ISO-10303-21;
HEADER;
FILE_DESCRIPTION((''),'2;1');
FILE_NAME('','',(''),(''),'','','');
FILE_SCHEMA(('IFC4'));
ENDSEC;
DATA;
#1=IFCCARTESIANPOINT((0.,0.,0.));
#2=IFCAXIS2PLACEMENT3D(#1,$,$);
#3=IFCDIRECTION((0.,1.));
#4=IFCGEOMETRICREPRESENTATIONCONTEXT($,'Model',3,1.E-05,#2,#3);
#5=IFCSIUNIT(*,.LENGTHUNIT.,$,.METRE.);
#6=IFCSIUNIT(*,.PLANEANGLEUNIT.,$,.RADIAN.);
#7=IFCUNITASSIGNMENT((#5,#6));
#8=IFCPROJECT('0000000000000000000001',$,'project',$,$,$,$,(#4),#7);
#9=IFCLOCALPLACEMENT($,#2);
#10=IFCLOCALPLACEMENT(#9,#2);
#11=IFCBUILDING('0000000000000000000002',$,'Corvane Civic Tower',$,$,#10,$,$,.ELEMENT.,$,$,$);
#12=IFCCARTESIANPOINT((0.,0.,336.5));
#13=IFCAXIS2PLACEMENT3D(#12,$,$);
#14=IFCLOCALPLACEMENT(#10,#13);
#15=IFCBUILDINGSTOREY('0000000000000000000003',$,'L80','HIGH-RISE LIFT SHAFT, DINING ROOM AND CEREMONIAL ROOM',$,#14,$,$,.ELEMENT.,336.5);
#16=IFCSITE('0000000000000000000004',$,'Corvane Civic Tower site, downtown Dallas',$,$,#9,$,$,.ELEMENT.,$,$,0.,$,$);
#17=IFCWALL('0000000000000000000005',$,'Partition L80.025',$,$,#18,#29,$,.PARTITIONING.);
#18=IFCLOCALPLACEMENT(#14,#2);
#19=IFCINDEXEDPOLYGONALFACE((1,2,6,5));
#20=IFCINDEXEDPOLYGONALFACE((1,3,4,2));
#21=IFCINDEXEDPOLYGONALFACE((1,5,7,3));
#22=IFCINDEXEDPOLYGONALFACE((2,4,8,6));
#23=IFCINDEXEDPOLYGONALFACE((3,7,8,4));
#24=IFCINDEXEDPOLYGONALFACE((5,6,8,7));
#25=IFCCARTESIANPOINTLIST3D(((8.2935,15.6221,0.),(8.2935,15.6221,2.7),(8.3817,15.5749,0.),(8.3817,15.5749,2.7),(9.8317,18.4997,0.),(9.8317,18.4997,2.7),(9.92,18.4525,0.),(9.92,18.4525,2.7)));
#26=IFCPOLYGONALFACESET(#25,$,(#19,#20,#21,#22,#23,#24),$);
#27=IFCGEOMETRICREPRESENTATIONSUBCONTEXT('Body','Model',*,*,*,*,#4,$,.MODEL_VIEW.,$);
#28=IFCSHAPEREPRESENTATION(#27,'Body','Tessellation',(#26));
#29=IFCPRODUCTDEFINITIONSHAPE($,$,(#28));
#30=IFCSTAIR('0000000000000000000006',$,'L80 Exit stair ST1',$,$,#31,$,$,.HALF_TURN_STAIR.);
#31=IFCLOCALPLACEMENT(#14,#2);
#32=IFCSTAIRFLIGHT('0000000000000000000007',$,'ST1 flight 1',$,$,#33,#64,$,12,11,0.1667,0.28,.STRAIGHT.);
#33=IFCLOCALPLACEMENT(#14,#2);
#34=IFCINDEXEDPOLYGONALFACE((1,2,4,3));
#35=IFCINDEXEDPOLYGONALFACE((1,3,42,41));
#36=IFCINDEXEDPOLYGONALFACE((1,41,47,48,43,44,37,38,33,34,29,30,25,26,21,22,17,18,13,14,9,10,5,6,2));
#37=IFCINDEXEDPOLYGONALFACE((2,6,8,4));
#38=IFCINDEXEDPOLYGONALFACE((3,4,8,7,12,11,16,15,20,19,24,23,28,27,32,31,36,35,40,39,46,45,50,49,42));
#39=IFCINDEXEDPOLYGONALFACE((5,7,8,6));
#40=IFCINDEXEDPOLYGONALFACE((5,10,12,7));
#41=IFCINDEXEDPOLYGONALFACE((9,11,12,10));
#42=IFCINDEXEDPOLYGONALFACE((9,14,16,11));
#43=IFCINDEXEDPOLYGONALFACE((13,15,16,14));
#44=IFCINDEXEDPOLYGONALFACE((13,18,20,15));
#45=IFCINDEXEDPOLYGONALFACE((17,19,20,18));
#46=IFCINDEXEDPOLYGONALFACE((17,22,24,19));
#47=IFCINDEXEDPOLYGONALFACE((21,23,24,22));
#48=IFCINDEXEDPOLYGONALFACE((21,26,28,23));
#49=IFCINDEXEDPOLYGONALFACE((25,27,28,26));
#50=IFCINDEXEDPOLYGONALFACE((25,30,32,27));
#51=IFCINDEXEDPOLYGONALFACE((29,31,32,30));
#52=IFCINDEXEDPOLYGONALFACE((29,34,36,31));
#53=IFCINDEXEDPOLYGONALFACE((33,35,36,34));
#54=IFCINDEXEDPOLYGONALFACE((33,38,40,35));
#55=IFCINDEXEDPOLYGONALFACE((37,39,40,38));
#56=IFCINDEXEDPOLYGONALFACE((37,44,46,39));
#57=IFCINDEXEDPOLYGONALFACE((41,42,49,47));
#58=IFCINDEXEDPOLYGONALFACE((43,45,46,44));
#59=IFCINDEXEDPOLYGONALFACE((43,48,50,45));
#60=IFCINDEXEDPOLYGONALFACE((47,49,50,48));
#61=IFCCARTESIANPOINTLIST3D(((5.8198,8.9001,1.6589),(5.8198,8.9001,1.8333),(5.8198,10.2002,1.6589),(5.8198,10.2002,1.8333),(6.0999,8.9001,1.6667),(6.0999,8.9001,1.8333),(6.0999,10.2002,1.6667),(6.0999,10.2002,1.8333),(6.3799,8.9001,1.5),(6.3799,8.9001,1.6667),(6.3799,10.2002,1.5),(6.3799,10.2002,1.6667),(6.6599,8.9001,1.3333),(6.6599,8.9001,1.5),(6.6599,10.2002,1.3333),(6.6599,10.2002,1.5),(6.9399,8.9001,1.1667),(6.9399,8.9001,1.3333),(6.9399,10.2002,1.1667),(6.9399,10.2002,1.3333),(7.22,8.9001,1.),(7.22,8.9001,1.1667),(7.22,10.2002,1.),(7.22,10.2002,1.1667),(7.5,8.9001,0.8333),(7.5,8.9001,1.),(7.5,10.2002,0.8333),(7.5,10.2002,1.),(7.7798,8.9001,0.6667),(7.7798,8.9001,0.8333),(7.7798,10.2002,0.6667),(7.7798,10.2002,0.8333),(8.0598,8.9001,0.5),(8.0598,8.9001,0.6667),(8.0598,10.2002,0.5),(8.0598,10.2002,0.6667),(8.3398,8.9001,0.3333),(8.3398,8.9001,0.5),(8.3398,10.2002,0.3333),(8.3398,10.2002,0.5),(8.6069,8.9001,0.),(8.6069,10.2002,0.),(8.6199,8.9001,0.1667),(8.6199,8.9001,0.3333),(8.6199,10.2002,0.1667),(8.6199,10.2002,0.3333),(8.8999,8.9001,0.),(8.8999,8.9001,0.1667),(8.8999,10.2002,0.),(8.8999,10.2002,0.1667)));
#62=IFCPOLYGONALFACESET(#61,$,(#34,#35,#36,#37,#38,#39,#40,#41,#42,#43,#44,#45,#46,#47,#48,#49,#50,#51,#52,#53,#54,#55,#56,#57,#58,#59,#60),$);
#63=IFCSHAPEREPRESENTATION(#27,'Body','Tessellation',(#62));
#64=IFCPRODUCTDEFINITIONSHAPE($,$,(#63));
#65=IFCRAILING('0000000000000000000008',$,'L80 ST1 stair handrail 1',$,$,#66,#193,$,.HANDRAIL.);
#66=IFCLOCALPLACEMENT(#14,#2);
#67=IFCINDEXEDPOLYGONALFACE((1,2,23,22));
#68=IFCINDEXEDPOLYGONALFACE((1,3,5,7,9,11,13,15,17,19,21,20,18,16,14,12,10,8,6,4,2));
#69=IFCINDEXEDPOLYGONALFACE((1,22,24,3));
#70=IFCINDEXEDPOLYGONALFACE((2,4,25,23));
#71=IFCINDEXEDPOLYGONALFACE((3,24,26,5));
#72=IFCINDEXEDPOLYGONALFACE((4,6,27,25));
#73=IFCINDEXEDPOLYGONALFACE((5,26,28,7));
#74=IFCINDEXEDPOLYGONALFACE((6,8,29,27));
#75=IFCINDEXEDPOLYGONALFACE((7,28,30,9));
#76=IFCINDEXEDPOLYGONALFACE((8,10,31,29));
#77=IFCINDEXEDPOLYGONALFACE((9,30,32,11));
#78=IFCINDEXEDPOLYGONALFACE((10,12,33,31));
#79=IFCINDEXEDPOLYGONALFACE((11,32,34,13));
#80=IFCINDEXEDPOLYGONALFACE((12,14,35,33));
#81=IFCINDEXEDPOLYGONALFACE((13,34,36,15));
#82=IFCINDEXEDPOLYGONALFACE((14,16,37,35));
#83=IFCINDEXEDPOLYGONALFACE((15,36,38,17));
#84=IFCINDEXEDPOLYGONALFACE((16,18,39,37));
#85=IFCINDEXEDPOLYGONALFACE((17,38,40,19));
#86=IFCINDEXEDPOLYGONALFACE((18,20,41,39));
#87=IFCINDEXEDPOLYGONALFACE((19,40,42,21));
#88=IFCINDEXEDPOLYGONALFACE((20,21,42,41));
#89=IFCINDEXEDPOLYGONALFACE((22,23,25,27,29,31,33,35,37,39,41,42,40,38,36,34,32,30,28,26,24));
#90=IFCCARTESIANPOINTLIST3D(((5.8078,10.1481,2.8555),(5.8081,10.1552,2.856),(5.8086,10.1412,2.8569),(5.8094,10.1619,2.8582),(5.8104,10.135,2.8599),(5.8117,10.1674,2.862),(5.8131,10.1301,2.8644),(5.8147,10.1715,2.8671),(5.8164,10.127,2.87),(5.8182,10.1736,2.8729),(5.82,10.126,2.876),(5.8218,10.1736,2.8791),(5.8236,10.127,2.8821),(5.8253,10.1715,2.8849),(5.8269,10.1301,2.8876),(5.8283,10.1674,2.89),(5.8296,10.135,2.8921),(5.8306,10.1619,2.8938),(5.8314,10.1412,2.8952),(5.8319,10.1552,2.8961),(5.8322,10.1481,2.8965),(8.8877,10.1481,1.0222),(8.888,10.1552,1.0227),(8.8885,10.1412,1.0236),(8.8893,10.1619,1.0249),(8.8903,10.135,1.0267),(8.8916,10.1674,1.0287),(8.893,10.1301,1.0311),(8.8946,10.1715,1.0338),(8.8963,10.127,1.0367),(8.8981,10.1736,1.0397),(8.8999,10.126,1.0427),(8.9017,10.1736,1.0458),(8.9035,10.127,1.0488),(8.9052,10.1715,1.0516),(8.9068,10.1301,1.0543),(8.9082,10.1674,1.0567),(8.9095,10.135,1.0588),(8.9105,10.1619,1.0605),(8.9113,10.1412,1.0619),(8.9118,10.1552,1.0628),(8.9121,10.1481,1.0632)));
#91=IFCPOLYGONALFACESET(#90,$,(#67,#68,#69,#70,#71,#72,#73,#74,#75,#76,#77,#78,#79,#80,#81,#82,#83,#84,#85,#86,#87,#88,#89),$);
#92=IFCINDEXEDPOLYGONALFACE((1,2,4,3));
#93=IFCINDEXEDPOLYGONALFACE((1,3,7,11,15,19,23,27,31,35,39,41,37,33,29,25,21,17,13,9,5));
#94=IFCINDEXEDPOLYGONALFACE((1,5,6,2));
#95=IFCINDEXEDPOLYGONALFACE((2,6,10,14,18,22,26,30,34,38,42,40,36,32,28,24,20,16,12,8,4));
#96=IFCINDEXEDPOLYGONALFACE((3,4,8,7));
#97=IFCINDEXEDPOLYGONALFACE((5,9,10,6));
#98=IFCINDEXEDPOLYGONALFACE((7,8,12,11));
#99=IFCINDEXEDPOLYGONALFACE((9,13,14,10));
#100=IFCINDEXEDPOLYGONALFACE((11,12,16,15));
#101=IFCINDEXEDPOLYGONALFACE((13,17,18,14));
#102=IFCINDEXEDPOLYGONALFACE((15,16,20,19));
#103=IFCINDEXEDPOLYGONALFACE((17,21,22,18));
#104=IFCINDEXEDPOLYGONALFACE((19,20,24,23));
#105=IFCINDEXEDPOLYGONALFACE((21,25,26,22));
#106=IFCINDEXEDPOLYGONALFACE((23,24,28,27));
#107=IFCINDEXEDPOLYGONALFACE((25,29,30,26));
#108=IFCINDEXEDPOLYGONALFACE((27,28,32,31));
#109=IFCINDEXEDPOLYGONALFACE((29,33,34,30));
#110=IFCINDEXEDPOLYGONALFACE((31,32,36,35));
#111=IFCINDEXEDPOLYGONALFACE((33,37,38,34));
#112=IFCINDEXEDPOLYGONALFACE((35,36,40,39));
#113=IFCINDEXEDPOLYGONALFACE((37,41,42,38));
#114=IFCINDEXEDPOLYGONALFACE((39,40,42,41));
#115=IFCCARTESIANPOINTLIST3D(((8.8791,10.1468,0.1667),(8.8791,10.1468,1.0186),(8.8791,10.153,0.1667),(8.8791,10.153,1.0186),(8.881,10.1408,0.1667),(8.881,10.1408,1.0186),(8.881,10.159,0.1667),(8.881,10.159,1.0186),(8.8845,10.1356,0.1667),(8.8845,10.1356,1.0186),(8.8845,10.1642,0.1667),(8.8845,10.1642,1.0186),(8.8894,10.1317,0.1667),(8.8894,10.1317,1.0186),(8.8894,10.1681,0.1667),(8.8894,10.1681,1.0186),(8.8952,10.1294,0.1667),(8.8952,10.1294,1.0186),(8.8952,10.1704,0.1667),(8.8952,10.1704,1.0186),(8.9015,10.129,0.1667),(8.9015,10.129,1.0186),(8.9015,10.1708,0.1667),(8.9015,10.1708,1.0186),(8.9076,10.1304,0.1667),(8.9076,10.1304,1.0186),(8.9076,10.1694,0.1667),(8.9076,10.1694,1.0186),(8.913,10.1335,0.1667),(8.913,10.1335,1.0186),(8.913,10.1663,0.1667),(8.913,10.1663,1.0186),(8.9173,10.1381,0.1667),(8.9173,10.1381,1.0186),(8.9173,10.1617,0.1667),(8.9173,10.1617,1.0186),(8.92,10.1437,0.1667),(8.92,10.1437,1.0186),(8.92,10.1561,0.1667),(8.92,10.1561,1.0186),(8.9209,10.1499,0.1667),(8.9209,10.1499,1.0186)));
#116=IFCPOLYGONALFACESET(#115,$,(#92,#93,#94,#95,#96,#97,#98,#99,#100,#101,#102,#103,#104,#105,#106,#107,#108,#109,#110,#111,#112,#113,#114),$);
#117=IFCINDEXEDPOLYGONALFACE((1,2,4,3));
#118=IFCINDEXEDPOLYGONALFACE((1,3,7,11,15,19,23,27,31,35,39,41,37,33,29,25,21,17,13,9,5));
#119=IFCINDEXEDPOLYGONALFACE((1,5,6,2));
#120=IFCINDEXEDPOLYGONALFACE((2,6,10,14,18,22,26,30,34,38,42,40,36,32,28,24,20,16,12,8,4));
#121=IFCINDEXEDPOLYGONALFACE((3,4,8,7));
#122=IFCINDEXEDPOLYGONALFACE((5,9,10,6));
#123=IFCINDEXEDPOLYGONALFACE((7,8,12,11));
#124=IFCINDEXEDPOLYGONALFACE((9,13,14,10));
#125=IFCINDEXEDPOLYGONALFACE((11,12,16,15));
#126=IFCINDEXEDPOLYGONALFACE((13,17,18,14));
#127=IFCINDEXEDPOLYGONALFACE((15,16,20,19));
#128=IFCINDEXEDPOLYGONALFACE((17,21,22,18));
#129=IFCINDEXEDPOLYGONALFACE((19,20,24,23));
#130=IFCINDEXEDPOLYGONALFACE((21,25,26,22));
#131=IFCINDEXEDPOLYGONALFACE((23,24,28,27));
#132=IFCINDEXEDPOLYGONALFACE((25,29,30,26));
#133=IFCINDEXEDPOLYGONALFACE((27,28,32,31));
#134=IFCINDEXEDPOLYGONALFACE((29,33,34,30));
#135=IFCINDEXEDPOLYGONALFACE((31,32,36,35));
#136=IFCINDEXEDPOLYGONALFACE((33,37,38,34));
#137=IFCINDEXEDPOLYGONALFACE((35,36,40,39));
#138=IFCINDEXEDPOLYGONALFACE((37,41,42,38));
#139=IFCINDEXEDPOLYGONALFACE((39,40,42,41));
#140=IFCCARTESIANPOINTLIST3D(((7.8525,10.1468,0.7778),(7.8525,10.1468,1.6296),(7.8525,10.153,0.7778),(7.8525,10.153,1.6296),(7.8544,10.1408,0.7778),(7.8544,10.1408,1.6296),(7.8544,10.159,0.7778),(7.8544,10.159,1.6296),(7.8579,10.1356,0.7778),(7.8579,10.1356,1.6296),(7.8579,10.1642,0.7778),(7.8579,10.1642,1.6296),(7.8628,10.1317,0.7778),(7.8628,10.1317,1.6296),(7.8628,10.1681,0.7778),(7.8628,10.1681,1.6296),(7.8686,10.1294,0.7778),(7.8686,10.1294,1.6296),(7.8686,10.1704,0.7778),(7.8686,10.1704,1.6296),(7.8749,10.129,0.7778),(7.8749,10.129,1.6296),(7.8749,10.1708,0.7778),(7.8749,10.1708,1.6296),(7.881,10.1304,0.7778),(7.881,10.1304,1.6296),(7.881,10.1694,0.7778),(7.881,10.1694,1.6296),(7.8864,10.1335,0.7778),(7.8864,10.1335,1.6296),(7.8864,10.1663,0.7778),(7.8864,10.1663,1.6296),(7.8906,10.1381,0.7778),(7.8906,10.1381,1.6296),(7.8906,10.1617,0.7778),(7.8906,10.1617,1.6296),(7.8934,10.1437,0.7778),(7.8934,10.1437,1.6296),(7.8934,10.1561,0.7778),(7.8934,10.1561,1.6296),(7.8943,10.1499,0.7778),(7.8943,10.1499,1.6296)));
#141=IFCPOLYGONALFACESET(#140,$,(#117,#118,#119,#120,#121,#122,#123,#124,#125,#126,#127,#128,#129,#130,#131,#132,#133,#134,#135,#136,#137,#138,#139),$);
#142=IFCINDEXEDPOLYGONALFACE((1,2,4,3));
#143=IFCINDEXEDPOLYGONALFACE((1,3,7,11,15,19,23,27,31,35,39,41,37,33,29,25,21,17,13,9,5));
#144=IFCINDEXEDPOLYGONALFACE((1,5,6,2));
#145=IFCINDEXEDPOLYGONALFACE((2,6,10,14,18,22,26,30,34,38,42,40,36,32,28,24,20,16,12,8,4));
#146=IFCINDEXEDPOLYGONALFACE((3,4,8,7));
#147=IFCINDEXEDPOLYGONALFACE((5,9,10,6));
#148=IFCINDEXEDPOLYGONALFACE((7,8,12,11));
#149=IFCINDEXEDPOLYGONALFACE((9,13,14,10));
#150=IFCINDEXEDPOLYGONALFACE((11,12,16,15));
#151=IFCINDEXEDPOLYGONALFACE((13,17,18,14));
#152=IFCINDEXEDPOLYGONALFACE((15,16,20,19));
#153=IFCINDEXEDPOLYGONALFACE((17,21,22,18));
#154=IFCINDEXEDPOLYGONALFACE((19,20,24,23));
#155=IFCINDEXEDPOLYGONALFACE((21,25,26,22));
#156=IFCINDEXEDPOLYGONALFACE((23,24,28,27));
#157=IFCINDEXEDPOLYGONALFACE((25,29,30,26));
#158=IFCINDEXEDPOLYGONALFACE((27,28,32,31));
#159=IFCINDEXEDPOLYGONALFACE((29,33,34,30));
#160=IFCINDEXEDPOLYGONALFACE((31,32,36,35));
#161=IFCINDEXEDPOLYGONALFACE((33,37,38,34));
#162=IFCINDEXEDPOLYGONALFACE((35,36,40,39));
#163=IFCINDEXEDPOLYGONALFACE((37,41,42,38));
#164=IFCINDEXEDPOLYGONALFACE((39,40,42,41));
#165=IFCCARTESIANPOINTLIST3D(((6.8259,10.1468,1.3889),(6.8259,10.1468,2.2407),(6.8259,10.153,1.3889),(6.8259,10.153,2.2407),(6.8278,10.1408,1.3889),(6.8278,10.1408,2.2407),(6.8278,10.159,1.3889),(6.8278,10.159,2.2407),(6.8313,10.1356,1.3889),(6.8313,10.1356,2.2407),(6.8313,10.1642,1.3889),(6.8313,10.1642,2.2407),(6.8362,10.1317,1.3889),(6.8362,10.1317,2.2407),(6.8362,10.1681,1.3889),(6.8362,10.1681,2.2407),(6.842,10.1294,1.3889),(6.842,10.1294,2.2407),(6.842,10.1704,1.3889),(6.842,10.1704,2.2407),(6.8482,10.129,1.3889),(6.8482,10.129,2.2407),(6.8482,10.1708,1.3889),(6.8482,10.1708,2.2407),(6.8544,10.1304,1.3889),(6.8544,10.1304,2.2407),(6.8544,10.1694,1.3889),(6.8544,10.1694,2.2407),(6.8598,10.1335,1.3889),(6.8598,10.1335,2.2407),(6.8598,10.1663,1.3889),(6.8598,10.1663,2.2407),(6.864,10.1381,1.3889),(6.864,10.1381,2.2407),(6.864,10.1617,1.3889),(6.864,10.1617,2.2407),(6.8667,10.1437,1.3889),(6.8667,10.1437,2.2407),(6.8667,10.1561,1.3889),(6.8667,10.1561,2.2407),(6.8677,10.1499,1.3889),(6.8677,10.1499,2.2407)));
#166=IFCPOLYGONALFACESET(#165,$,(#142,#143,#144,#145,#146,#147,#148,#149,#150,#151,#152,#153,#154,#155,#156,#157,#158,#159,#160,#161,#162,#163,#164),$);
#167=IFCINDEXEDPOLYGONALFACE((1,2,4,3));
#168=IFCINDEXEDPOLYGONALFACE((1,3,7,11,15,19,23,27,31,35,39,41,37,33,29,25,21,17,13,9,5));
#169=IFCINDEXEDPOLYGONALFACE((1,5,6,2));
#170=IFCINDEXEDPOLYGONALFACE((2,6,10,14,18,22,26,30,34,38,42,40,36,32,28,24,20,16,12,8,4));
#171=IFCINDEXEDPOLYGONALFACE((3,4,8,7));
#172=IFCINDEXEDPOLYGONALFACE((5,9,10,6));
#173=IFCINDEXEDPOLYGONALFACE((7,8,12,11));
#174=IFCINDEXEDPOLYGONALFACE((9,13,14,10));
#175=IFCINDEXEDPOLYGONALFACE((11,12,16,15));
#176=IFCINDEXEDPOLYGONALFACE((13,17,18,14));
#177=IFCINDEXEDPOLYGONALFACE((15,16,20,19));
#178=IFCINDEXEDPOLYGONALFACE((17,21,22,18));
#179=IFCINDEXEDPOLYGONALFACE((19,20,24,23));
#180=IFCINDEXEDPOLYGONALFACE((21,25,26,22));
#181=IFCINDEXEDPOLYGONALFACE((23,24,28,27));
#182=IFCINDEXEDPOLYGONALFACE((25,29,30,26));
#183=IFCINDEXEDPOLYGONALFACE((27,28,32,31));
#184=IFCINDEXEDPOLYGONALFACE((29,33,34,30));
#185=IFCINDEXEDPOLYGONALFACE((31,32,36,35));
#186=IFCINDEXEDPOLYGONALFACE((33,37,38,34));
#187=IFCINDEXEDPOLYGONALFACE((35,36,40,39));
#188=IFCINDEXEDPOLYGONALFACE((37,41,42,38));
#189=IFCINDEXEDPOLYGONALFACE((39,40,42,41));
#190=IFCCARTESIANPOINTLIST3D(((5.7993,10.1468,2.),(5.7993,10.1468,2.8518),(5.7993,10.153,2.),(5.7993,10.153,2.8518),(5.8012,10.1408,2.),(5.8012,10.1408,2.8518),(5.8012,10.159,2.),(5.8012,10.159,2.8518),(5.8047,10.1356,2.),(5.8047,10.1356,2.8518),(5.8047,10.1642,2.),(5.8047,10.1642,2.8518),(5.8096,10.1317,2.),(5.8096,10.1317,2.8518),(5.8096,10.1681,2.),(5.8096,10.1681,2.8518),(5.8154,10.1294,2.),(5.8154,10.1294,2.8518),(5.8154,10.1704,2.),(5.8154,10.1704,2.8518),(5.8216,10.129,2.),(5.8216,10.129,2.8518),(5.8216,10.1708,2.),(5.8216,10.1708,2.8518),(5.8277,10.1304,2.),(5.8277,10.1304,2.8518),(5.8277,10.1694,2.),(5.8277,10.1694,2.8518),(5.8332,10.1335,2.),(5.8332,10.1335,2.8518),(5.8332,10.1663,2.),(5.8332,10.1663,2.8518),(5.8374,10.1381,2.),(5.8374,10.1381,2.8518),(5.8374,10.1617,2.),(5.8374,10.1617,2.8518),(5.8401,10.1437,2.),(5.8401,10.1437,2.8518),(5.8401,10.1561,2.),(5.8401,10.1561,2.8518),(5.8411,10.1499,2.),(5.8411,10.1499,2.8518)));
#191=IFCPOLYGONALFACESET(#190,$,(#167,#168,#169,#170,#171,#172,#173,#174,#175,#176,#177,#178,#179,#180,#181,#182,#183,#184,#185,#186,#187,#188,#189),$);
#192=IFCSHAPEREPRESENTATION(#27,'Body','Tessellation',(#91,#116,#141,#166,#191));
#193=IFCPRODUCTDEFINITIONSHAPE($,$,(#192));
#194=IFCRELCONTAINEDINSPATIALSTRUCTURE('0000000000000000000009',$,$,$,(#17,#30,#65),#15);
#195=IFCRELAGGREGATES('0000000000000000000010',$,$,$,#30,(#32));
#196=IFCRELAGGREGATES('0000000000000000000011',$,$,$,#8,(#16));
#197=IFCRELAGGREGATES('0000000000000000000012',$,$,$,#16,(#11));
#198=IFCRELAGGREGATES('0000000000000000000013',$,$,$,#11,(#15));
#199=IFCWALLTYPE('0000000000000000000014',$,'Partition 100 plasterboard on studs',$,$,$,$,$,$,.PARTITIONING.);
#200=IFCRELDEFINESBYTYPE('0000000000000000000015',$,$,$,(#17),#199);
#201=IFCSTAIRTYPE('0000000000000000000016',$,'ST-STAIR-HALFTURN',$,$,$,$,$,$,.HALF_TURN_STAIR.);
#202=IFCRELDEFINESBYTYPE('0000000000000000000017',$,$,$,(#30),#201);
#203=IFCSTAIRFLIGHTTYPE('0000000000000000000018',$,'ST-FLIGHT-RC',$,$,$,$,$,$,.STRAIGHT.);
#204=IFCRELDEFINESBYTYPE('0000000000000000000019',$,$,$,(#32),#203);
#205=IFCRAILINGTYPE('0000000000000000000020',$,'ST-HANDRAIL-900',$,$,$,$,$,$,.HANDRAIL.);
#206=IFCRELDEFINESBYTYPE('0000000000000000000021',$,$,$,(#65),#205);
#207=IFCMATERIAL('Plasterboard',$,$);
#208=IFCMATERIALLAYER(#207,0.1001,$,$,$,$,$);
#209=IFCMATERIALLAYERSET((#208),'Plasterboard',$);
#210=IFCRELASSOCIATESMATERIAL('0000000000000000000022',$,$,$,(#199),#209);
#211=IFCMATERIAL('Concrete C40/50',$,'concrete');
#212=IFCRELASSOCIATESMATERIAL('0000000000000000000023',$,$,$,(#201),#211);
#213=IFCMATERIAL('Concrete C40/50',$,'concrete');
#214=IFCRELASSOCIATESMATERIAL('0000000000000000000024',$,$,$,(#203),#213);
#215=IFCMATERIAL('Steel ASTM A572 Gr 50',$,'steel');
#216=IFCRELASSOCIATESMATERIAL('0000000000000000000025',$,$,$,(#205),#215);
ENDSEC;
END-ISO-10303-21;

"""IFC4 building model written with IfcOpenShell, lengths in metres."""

from ifc_helpers import new_model, si_unit, direction, frame, frame_2d, origin, origin_2d, place, context, subcontext, project, spatial, polyline, rectangle, circle, outline, extrude, material, layer, layer_set, type_object, element, aggregate, save


model = new_model("IFC4")

# Units and contexts
model_context = context("Model", 3, precision=1e-05, world=origin(), true_north=direction((0.0, 1.0)))
body_context = subcontext(model_context, "Body", "Model", "MODEL_VIEW")
ifc_project = project(units=[si_unit("LENGTHUNIT", "METRE"), si_unit("PLANEANGLEUNIT", "RADIAN")], contexts=[model_context])

# Site, building, storey
site_placement = place(None, origin())
site = spatial("IfcSite", under=ifc_project, at=site_placement, Name="Corvane Civic Tower site, downtown Dallas", CompositionType="ELEMENT", RefElevation=0.0)
building_placement = place(site_placement, origin())
building = spatial("IfcBuilding", under=site, at=building_placement, Name="Corvane Civic Tower", CompositionType="ELEMENT")
storey_placement = place(building_placement, frame((0.0, 0.0, 336.5)))
storey = spatial("IfcBuildingStorey", under=building, at=storey_placement, Name="L80", Description="HIGH-RISE LIFT SHAFT, DINING ROOM AND CEREMONIAL ROOM", CompositionType="ELEMENT", Elevation=336.5)

# Wall
ifc_material_1 = material(Name="Plasterboard")
ifc_layer_1 = layer(ifc_material_1, 0.1001)
ifc_layer_set_1 = layer_set([ifc_layer_1], Name="Plasterboard")
wall_type = type_object("IfcWallType", Name="Partition 100 plasterboard on studs", PredefinedType="PARTITIONING", material=ifc_layer_set_1)
wall_placement = place(storey_placement, frame((8.3376, 15.5986, 0.0), z_axis=(0.0, 0.0, 1.0), x_axis=(0.471438, 0.881899, 0.0)))
element("IfcWall", 1, at=wall_placement, inside=storey, type_object=wall_type, Name="Partition L80.025", PredefinedType="PARTITIONING", context=body_context, shape_type="SweptSolid", body=[
    extrude(rectangle(XDim=3.2629, YDim=0.1001, at=frame_2d((1.6313, 0.0))), origin(), (0.0, 0.0, 1.0), 2.7),
])

# Stair, stair flight
ifc_material_2 = material(Name="Concrete C40/50", Category="concrete")
stair_type = type_object("IfcStairType", Name="ST-STAIR-HALFTURN", PredefinedType="HALF_TURN_STAIR", material=ifc_material_2)
stair_placement = place(storey_placement, origin())
stair = element("IfcStair", 2, at=stair_placement, inside=storey, type_object=stair_type, Name="L80 Exit stair ST1", PredefinedType="HALF_TURN_STAIR")
ifc_material_3 = material(Name="Concrete C40/50", Category="concrete")
stair_flight_type = type_object("IfcStairFlightType", Name="ST-FLIGHT-RC", PredefinedType="STRAIGHT", material=ifc_material_3)
stair_flight_placement = place(storey_placement, frame((8.8999, 9.55, 0.0), z_axis=(0.0, 0.0, 1.0), x_axis=(-1.0, 0.0, 0.0)))
stair_flight = element("IfcStairFlight", 3, at=stair_flight_placement, type_object=stair_flight_type, Name="ST1 flight 1", NumberOfRisers=12, NumberOfTreads=11, PredefinedType="STRAIGHT", RiserHeight=0.1667, TreadLength=0.28, context=body_context, shape_type="SweptSolid", body=[
    extrude(outline(polyline([(0.0, 0.0), (0.0, 0.1667), (0.28, 0.1667), (0.28, 0.3333), (0.5601, 0.3333), (0.5601, 0.5), (0.8401, 0.5), (0.8401, 0.6667), (1.1201, 0.6667), (1.1201, 0.8333), (1.3999, 0.8333), (1.3999, 1.0), (1.6799, 1.0), (1.6799, 1.1667), (1.96, 1.1667), (1.96, 1.3333), (2.24, 1.3333), (2.24, 1.5), (2.52, 1.5), (2.52, 1.6667), (2.8, 1.6667), (2.8, 1.8333), (3.0801, 1.8333), (3.0801, 2.0), (3.0801, 1.6589), (0.293, 0.0), (0.0, 0.0)])), frame((0.0, 0.6499, 0.0), z_axis=(0.0, -1.0, 0.0), x_axis=(1.0, 0.0, 0.0)), (0.0, 0.0, 1.0), 1.3),
])
aggregate(stair, [stair_flight])

# Railing
ifc_material_4 = material(Name="Steel ASTM A572 Gr 50", Category="steel")
railing_type_1 = type_object("IfcRailingType", Name="ST-HANDRAIL-900", PredefinedType="HANDRAIL", material=ifc_material_4)
railing_1_placement = place(storey_placement, frame((8.8999, 10.1499, 0.1667)))
element("IfcRailing", 4, at=railing_1_placement, inside=storey, type_object=railing_type_1, Name="L80 ST1 stair handrail 1", PredefinedType="HANDRAIL", context=body_context, shape_type="SweptSolid", body=[
    extrude(circle(Radius=0.0239, at=origin_2d()), frame((0.0, 0.0, 0.876), z_axis=(-0.859291, 0.0, 0.511487), x_axis=(0.0, -1.0, 0.0)), (0.0, 0.0, 1.0), 3.5842),
    extrude(circle(Radius=0.021, at=origin_2d()), origin(), (0.0, 0.0, 1.0), 0.8518),
    extrude(circle(Radius=0.021, at=origin_2d()), frame((-1.0266, 0.0, 0.6111)), (0.0, 0.0, 1.0), 0.8518),
    extrude(circle(Radius=0.021, at=origin_2d()), frame((-2.0532, 0.0, 1.2222)), (0.0, 0.0, 1.0), 0.8518),
    extrude(circle(Radius=0.021, at=origin_2d()), frame((-3.0798, 0.0, 1.8333)), (0.0, 0.0, 1.0), 0.8518),
])

save(model, "model.ifc")
